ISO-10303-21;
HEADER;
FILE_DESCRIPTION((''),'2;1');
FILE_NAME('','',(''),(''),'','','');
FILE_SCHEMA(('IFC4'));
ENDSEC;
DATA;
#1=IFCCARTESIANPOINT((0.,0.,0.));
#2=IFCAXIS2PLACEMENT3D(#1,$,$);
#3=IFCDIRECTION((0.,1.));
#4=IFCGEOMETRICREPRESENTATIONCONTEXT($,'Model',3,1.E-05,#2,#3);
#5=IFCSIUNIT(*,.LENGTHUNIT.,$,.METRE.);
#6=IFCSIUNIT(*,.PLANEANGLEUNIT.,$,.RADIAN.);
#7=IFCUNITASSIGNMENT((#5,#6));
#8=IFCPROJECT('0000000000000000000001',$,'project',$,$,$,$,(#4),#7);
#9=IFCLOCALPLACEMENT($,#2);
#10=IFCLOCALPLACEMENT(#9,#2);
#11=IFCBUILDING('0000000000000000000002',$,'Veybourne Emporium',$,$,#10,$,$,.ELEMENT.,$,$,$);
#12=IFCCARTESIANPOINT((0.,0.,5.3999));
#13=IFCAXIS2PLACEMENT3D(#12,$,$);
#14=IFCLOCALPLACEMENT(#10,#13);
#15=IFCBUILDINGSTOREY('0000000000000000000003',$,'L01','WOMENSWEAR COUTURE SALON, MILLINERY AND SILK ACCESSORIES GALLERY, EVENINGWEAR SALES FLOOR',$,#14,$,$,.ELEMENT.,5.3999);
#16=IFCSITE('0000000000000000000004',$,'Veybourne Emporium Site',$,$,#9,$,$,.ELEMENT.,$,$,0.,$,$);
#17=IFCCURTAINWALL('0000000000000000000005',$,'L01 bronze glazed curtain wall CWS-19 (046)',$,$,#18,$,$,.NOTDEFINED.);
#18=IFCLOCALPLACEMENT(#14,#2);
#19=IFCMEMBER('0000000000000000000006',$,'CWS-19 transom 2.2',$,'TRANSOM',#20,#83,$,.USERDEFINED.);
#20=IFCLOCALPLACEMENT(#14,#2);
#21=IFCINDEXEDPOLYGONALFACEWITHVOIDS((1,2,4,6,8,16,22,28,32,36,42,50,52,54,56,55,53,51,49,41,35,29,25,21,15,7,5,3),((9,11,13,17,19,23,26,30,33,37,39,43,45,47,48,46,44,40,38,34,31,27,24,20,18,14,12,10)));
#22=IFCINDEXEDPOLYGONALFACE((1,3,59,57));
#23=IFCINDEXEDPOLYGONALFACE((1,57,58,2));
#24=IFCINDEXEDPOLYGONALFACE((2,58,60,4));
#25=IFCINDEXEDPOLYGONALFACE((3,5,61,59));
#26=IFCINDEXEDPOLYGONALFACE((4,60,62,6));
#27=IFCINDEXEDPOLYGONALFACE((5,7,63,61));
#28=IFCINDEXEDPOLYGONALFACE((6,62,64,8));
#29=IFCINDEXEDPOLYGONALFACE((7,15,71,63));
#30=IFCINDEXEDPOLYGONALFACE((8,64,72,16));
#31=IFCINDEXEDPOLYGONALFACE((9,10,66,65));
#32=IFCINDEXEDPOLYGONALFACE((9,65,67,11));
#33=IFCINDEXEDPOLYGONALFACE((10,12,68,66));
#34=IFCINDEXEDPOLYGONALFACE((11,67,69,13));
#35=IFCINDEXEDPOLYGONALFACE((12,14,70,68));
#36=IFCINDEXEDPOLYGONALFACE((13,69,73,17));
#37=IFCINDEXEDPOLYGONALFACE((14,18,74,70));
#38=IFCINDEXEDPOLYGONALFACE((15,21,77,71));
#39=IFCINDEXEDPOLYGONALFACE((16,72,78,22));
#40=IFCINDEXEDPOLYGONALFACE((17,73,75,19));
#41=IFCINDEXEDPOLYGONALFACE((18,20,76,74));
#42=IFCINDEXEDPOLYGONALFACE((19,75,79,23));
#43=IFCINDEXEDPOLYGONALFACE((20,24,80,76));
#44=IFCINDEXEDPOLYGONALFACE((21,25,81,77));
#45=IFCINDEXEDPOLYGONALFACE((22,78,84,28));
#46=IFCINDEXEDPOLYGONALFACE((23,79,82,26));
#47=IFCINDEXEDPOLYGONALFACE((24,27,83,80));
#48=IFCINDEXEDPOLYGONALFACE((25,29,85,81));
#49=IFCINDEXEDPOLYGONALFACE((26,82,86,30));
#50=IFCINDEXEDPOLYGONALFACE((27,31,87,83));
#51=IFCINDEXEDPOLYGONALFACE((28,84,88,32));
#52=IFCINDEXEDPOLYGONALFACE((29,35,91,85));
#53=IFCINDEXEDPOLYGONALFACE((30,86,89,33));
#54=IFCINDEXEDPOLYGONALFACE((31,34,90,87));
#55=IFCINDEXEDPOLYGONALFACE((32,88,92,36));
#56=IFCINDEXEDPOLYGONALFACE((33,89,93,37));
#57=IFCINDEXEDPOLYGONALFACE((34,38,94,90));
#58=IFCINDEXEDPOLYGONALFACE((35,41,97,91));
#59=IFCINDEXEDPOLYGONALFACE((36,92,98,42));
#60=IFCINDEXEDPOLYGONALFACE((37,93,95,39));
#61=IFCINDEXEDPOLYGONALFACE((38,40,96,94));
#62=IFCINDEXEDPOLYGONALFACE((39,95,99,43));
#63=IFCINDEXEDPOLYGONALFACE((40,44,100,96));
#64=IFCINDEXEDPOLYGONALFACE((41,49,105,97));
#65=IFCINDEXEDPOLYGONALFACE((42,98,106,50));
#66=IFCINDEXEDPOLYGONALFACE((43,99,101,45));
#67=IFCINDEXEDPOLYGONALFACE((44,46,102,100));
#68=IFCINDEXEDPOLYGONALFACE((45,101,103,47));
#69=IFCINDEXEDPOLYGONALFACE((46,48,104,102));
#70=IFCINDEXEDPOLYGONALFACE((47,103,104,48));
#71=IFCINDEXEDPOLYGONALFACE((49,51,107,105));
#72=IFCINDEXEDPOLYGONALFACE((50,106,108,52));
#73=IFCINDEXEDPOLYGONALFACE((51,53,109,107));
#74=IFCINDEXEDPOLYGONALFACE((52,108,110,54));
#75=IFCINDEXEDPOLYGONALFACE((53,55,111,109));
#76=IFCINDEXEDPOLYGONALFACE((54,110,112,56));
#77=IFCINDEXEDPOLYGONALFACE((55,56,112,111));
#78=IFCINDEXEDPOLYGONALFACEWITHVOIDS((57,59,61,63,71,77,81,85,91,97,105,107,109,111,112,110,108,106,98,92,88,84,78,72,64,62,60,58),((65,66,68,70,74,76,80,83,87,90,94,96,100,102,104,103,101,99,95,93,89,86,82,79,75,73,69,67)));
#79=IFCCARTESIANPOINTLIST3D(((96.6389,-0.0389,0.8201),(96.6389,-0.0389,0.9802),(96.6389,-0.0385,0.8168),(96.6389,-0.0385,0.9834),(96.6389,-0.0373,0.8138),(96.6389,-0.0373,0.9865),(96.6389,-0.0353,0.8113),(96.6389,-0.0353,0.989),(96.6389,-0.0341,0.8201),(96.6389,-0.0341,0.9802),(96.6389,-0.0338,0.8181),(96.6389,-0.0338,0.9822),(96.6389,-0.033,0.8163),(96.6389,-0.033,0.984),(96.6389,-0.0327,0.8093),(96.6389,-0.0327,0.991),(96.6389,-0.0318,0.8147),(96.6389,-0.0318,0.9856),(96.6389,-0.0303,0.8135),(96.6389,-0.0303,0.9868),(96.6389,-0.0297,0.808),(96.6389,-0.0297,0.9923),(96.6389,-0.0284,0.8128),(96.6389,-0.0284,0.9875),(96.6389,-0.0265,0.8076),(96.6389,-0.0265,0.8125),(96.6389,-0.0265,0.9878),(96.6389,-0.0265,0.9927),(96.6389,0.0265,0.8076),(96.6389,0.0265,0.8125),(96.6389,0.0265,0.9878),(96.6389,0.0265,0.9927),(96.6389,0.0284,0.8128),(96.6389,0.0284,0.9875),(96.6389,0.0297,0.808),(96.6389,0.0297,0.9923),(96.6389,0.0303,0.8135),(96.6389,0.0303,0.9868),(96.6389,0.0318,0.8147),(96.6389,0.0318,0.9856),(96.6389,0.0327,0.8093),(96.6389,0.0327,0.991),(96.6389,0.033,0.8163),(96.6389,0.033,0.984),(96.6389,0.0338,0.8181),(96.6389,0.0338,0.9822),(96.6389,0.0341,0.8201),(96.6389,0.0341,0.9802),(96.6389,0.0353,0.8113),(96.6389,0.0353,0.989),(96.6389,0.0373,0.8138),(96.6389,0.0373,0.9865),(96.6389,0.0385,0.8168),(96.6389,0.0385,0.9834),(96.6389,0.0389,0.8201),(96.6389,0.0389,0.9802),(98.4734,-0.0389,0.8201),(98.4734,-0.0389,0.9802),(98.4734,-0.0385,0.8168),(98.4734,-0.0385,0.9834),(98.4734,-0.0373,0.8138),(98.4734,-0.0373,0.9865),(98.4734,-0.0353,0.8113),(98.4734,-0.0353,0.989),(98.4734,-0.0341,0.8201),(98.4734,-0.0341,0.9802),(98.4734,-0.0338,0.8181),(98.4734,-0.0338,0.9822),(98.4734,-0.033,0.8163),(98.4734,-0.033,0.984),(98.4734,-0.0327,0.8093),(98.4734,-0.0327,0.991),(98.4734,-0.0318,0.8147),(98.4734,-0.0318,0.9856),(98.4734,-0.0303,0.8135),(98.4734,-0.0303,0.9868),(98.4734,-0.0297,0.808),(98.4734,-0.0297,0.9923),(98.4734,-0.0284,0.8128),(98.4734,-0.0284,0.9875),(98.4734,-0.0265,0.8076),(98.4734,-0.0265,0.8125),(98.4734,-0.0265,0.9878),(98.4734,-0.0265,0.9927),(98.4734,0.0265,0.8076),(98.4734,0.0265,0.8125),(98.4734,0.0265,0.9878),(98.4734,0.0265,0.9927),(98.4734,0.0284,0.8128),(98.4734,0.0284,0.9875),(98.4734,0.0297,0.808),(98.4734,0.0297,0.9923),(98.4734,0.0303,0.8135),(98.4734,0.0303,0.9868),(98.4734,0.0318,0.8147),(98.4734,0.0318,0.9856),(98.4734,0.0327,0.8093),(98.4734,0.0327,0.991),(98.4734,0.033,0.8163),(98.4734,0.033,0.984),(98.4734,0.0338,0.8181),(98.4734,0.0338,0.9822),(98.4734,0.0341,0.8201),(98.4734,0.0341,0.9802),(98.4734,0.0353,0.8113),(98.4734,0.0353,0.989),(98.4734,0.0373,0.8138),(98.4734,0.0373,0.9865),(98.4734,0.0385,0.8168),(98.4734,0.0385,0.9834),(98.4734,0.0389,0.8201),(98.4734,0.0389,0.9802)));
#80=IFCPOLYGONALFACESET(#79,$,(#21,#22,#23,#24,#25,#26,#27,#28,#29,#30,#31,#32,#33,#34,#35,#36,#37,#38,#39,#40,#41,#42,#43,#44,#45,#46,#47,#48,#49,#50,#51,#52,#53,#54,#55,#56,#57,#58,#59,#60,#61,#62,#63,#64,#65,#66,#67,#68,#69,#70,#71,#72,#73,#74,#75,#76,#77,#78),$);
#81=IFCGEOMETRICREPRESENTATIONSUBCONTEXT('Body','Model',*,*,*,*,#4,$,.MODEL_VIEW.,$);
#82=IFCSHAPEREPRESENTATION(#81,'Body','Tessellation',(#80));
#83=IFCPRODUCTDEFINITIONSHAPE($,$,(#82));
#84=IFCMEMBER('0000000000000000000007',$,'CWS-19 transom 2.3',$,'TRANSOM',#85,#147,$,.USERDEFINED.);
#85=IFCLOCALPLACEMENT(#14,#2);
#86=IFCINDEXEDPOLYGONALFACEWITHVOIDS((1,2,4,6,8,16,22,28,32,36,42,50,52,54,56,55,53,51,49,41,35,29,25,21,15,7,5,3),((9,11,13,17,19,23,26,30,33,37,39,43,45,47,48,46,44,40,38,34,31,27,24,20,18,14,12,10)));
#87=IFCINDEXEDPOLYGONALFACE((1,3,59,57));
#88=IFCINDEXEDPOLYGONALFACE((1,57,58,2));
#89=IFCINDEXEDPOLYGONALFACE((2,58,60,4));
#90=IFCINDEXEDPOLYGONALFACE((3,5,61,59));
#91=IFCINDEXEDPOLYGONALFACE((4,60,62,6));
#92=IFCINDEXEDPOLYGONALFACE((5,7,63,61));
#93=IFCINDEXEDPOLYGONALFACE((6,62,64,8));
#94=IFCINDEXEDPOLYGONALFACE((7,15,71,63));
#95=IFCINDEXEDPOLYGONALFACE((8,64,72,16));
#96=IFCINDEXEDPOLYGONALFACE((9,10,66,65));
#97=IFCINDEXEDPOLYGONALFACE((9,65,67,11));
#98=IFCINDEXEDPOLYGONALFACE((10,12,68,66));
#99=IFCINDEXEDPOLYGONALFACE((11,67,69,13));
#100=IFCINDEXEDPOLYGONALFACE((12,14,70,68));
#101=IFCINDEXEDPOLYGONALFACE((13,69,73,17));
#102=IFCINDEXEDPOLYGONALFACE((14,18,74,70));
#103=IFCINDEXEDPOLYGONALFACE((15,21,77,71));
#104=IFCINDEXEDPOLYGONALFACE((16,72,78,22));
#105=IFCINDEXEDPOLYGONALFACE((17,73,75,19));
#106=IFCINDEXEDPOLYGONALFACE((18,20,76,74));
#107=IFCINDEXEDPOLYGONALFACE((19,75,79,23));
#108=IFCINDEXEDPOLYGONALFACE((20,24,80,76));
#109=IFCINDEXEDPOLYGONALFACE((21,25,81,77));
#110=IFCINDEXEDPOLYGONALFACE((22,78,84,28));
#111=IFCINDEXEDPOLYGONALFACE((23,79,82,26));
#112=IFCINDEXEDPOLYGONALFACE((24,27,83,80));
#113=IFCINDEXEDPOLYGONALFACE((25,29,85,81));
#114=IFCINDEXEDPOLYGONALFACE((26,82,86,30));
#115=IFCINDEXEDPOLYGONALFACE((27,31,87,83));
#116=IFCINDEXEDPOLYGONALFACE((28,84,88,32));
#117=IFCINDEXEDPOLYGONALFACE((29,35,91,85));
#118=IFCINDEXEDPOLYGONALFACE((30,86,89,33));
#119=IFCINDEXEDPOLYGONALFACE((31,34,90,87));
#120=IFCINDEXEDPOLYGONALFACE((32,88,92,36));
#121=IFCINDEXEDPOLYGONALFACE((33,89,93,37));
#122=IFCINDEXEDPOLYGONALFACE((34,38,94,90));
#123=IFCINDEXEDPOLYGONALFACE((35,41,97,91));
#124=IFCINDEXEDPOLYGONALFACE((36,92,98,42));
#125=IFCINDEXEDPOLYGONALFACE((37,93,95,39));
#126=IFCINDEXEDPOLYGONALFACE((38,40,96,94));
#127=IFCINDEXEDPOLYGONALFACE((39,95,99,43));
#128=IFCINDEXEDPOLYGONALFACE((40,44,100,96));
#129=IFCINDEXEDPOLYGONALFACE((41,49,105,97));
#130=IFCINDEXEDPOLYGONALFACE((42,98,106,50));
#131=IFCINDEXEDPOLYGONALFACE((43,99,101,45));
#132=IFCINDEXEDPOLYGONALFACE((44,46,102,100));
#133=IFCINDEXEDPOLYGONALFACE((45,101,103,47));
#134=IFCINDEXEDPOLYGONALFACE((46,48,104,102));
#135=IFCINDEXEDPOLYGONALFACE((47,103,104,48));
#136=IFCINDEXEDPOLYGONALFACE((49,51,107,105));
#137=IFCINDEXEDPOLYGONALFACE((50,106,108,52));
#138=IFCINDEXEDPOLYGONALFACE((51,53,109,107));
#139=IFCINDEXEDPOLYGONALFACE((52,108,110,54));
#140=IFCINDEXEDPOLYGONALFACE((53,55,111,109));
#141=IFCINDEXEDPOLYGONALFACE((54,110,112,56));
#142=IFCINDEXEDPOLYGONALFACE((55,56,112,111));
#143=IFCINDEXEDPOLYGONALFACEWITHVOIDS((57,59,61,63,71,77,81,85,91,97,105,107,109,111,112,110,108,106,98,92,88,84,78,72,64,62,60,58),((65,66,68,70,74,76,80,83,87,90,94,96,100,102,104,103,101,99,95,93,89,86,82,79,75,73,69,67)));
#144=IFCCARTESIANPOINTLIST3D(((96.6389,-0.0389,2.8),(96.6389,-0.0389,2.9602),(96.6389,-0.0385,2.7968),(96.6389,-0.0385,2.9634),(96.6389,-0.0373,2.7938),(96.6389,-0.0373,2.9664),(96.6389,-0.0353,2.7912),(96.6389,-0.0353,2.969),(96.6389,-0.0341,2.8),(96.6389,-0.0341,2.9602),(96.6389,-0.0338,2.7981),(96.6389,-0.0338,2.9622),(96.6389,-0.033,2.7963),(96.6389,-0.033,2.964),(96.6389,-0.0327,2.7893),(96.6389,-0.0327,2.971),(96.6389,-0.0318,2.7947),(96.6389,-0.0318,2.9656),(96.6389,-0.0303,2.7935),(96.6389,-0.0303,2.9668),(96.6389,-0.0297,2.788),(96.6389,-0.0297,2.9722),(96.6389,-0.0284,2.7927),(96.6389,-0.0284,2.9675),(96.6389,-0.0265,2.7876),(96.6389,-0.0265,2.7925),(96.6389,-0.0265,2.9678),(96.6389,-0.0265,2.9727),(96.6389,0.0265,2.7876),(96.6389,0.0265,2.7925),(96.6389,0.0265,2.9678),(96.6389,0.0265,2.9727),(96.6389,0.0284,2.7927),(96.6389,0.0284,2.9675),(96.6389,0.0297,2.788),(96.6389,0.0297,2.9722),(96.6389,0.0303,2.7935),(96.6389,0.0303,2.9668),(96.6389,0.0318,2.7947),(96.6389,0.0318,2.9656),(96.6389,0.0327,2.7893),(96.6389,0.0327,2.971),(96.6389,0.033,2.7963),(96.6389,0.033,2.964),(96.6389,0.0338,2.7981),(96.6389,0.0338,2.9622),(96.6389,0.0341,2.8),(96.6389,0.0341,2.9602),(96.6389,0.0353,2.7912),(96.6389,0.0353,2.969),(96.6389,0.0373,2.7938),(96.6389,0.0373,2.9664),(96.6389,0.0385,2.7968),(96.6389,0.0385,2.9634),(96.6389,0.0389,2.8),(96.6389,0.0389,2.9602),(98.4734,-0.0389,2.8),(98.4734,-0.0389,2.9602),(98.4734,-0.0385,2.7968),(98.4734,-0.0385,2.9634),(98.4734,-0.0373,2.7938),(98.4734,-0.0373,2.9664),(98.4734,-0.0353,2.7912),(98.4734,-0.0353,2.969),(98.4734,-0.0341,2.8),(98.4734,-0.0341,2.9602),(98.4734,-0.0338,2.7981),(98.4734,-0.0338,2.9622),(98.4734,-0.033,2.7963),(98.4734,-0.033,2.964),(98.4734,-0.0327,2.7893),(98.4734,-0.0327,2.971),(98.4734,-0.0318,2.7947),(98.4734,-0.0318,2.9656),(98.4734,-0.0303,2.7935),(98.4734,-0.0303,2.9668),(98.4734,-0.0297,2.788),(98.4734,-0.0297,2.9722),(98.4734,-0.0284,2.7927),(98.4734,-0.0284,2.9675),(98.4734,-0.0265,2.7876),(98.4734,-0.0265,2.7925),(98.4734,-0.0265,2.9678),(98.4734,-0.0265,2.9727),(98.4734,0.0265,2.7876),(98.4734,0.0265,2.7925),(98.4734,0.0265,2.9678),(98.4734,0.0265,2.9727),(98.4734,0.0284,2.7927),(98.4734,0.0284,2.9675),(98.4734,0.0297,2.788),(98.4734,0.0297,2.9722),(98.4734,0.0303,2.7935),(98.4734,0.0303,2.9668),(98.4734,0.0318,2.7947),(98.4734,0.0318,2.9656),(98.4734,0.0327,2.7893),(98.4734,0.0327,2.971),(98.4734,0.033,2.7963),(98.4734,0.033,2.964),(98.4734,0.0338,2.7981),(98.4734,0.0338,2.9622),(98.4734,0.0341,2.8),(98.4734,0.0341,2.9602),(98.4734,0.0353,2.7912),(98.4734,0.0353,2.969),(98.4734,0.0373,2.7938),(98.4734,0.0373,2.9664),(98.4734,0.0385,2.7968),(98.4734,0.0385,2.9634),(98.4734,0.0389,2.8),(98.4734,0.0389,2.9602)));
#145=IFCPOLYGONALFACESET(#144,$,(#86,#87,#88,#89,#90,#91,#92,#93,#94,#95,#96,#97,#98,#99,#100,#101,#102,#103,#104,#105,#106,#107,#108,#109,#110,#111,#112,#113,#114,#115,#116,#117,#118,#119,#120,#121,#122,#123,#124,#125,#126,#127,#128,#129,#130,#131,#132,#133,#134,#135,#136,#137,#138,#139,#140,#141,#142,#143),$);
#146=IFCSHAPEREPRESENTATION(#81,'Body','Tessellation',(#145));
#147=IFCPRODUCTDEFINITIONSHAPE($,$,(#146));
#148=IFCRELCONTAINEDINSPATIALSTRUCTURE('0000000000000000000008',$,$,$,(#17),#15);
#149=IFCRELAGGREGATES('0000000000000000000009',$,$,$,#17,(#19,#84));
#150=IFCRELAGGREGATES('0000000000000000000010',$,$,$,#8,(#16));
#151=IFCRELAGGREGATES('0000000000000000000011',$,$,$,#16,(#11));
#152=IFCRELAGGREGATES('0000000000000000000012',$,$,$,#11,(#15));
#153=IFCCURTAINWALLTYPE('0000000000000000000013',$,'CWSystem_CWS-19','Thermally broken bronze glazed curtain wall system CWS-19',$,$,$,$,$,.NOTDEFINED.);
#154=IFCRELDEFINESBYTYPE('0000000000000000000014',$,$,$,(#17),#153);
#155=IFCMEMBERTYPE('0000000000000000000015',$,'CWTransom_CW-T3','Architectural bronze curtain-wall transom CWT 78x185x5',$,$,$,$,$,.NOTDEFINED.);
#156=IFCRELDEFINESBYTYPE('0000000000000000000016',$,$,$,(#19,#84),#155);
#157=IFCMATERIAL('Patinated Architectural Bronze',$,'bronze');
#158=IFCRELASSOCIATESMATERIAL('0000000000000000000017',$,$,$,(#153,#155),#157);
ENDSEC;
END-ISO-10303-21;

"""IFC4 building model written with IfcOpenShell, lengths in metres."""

from ifc_helpers import new_model, si_unit, direction, frame, origin, origin_2d, place, context, subcontext, project, spatial, hollow_rectangle, extrude, material, material_profile, profile_set, type_object, element, aggregate, save


model = new_model("IFC4")

# Units and contexts
model_context = context("Model", 3, precision=1e-05, world=origin(), true_north=direction((0.0, 1.0)))
body_context = subcontext(model_context, "Body", "Model", "MODEL_VIEW")
ifc_project = project(units=[si_unit("LENGTHUNIT", "METRE"), si_unit("PLANEANGLEUNIT", "RADIAN")], contexts=[model_context])

# Site, building, storey
site_placement = place(None, origin())
site = spatial("IfcSite", under=ifc_project, at=site_placement, Name="Veybourne Emporium Site", CompositionType="ELEMENT", RefElevation=0.0)
building_placement = place(site_placement, origin())
building = spatial("IfcBuilding", under=site, at=building_placement, Name="Veybourne Emporium", CompositionType="ELEMENT")
storey_placement = place(building_placement, frame((0.0, 0.0, 5.3999)))
storey = spatial("IfcBuildingStorey", under=building, at=storey_placement, Name="L01", Description="WOMENSWEAR COUTURE SALON, MILLINERY AND SILK ACCESSORIES GALLERY, EVENINGWEAR SALES FLOOR", CompositionType="ELEMENT", Elevation=5.3999)

# Curtain wall, members
ifc_material_1 = material(Name="Patinated Architectural Bronze", Category="bronze")
curtain_wall_type = type_object("IfcCurtainWallType", Name="CWSystem_CWS-19", Description="Thermally broken bronze glazed curtain wall system CWS-19", PredefinedType="NOTDEFINED", material=ifc_material_1)
curtain_wall_placement = place(storey_placement, origin())
curtain_wall = element("IfcCurtainWall", 1, at=curtain_wall_placement, inside=storey, type_object=curtain_wall_type, Name="L01 bronze glazed curtain wall CWS-19 (046)", PredefinedType="NOTDEFINED")
ifc_material_profile_1 = material_profile(ifc_material_1, hollow_rectangle(XDim=0.0779, YDim=0.1851, WallThickness=0.0049, InnerFilletRadius=0.0076, OuterFilletRadius=0.0125, at=origin_2d()), Name="CWT 78x185x5")
ifc_profile_set_1 = profile_set([ifc_material_profile_1], Name="Patinated Architectural Bronze")
member_type_1 = type_object("IfcMemberType", Name="CWTransom_CW-T3", Description="Architectural bronze curtain-wall transom CWT 78x185x5", PredefinedType="NOTDEFINED", material=ifc_profile_set_1)
member_1_placement = place(storey_placement, frame((98.4734, 0.0, 0.9001), z_axis=(-1.0, 0.0, 0.0), x_axis=(0.0, -1.0, 0.0)))
member_1 = element("IfcMember", 2, at=member_1_placement, type_object=member_type_1, Name="CWS-19 transom 2.2", ObjectType="TRANSOM", PredefinedType="USERDEFINED", context=body_context, shape_type="SweptSolid", body=[
    extrude(hollow_rectangle(XDim=0.0779, YDim=0.1851, WallThickness=0.0049, InnerFilletRadius=0.0076, OuterFilletRadius=0.0125, at=origin_2d()), origin(), (0.0, 0.0, 1.0), 1.8345),
])
member_2_placement = place(storey_placement, frame((98.4734, 0.0, 2.8801), z_axis=(-1.0, 0.0, 0.0), x_axis=(0.0, -1.0, 0.0)))
member_2 = element("IfcMember", 3, at=member_2_placement, type_object=member_type_1, Name="CWS-19 transom 2.3", ObjectType="TRANSOM", PredefinedType="USERDEFINED", context=body_context, shape_type="SweptSolid", body=[
    extrude(hollow_rectangle(XDim=0.0779, YDim=0.1851, WallThickness=0.0049, InnerFilletRadius=0.0076, OuterFilletRadius=0.0125, at=origin_2d()), origin(), (0.0, 0.0, 1.0), 1.8345),
])
aggregate(curtain_wall, [member_1, member_2])

save(model, "model.ifc")
